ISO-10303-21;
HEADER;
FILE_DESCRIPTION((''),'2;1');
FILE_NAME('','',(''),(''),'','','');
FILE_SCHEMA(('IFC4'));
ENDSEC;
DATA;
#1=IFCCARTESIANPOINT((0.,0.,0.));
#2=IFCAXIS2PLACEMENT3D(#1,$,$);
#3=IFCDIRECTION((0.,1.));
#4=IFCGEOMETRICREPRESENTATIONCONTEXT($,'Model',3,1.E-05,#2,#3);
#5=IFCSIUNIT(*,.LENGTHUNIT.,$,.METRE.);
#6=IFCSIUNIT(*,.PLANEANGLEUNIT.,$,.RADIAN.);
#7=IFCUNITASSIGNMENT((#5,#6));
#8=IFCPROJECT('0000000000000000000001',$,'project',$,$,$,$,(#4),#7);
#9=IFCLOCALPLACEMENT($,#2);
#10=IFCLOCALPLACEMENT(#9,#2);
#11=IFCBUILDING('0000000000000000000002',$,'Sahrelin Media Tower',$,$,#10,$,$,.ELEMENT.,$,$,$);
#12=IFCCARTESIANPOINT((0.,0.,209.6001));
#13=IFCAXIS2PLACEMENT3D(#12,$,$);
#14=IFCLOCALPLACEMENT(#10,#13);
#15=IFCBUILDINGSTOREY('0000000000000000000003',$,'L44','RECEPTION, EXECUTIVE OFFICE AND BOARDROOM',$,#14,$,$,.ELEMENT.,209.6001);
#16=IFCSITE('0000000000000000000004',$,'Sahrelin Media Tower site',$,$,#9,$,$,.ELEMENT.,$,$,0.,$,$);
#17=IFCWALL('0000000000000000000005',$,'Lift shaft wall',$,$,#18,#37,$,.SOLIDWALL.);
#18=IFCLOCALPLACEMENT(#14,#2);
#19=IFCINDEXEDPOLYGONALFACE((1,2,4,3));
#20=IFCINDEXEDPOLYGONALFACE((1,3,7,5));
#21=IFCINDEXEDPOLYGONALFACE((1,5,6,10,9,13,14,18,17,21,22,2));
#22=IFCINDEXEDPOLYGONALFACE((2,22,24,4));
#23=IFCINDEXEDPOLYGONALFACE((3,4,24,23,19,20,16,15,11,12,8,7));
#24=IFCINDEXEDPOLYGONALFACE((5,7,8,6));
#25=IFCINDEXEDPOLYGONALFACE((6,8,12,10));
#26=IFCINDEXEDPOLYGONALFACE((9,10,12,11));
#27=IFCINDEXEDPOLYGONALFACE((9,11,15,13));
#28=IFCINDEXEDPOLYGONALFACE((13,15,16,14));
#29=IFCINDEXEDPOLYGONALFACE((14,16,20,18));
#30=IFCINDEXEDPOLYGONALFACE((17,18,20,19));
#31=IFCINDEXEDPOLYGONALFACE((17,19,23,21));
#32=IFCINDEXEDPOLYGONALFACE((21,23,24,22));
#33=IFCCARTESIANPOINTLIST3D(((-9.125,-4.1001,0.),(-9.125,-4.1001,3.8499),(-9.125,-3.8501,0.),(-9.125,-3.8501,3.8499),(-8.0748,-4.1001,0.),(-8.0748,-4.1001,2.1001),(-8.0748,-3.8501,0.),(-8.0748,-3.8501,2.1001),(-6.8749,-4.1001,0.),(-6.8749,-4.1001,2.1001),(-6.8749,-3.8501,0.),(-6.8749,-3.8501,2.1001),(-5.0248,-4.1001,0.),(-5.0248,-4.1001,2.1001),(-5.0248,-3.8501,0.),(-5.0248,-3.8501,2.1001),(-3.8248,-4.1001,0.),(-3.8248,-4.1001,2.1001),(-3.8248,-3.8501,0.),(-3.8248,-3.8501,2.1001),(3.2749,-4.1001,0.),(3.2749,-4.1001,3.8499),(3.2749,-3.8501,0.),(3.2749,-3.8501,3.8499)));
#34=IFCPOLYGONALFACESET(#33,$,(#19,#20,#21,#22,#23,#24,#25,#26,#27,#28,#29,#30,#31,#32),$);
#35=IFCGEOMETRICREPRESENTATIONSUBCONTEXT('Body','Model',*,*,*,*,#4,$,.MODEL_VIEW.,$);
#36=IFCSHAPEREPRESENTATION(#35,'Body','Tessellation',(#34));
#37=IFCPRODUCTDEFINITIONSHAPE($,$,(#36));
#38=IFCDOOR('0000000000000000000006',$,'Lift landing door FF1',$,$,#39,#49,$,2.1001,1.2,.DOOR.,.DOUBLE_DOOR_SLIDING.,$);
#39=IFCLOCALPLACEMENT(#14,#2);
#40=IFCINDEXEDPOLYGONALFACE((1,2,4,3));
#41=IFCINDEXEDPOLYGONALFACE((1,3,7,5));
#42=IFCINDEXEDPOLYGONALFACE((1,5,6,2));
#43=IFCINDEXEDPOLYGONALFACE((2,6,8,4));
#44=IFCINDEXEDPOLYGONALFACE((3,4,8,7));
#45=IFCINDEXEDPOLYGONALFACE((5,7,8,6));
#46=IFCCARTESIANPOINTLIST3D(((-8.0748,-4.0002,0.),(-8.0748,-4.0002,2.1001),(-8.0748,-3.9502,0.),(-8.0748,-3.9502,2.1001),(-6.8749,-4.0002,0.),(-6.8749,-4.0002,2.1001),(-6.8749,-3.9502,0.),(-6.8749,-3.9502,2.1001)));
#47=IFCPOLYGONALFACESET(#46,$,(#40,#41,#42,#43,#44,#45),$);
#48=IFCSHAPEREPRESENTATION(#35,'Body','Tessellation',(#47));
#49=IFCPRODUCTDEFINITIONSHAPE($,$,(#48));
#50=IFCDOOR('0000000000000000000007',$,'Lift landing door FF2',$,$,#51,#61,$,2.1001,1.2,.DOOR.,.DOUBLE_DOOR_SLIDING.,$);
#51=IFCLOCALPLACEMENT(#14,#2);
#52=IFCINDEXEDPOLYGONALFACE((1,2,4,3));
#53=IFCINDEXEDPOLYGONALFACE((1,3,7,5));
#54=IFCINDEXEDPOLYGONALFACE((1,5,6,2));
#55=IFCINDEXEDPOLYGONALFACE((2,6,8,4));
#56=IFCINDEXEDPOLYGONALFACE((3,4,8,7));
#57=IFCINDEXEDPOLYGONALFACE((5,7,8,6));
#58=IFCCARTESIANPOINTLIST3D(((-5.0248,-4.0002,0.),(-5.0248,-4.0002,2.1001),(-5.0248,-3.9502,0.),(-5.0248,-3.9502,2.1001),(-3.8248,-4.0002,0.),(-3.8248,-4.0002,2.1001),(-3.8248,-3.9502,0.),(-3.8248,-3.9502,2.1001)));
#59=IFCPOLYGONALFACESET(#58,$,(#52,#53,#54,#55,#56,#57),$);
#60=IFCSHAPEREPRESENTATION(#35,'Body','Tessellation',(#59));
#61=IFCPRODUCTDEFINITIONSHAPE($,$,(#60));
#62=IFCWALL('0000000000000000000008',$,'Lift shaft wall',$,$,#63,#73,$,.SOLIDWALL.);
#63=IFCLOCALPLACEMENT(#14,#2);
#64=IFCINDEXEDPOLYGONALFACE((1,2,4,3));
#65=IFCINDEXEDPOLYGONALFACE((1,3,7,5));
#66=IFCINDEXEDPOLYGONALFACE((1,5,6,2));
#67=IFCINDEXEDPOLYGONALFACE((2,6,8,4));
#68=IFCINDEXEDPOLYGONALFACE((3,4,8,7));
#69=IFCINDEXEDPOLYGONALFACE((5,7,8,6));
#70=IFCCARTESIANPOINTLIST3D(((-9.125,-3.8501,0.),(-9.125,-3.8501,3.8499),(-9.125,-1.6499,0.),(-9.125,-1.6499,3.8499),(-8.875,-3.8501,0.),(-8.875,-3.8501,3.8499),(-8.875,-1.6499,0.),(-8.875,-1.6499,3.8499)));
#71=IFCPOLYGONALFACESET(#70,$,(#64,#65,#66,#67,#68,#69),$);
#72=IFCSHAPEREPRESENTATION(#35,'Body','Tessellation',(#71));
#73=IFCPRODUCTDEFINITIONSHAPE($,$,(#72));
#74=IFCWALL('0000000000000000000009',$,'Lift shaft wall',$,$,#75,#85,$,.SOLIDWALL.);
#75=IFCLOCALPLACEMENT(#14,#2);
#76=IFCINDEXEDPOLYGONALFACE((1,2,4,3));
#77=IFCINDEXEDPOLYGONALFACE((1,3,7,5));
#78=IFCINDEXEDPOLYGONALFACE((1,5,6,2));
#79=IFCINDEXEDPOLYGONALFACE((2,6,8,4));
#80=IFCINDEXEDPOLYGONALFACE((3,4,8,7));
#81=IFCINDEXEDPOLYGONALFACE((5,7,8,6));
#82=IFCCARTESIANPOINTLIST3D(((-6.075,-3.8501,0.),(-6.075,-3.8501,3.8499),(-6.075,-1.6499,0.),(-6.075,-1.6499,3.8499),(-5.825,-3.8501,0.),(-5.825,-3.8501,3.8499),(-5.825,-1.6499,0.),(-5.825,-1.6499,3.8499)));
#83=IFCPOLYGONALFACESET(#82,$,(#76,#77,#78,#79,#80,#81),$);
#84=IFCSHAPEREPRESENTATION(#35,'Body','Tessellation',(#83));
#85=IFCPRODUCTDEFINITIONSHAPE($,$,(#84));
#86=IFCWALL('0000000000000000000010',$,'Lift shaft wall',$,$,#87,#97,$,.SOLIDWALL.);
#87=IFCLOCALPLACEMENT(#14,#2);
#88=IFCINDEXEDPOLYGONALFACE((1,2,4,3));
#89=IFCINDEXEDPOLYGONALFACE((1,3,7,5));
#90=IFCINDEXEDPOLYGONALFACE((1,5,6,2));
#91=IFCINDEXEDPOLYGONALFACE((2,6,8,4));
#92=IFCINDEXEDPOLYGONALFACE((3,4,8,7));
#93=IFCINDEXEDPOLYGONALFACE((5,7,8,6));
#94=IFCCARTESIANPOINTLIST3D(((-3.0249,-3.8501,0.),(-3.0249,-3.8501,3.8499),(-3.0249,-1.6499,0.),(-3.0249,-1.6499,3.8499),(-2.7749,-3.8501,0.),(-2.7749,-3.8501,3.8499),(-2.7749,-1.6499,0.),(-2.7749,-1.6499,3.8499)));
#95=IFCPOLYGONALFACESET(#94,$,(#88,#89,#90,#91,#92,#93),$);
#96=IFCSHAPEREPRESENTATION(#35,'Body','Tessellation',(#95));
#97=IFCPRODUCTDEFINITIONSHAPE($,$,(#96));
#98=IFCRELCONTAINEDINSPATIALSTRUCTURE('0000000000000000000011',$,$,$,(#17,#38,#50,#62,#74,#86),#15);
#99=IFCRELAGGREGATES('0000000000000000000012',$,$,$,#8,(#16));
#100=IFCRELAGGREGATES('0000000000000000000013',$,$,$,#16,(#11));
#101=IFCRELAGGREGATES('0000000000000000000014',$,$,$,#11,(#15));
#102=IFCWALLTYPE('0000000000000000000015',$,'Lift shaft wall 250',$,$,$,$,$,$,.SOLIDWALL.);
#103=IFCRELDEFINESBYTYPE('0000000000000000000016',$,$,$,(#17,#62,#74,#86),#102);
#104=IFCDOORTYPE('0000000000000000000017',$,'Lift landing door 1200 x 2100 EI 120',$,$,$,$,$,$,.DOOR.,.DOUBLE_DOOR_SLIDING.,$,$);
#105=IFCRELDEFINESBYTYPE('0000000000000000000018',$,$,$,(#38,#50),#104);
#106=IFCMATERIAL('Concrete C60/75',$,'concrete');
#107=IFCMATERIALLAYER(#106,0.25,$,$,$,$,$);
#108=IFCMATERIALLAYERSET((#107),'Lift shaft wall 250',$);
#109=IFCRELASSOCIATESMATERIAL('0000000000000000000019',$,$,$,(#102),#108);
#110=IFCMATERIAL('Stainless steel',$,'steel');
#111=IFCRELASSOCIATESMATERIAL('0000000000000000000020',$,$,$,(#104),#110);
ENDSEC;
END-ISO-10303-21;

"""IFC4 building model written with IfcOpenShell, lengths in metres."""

from ifc_helpers import new_model, si_unit, direction, frame, frame_2d, origin, place, context, subcontext, project, spatial, rectangle, extrude, material, layer, layer_set, type_object, element, fill, save


model = new_model("IFC4")

# Units and contexts
model_context = context("Model", 3, precision=1e-05, world=origin(), true_north=direction((0.0, 1.0)))
body_context = subcontext(model_context, "Body", "Model", "MODEL_VIEW")
ifc_project = project(units=[si_unit("LENGTHUNIT", "METRE"), si_unit("PLANEANGLEUNIT", "RADIAN")], contexts=[model_context])

# Site, building, storey
site_placement = place(None, origin())
site = spatial("IfcSite", under=ifc_project, at=site_placement, Name="Sahrelin Media Tower site", CompositionType="ELEMENT", RefElevation=0.0)
building_placement = place(site_placement, origin())
building = spatial("IfcBuilding", under=site, at=building_placement, Name="Sahrelin Media Tower", CompositionType="ELEMENT")
storey_placement = place(building_placement, frame((0.0, 0.0, 209.6001)))
storey = spatial("IfcBuildingStorey", under=building, at=storey_placement, Name="L44", Description="RECEPTION, EXECUTIVE OFFICE AND BOARDROOM", CompositionType="ELEMENT", Elevation=209.6001)

# Shared definitions
ifc_material_1 = material(Name="Concrete C60/75", Category="concrete")

# Wall, openings, doors
ifc_layer_1 = layer(ifc_material_1, 0.25)
ifc_layer_set_1 = layer_set([ifc_layer_1], Name="Lift shaft wall 250")
wall_type_1 = type_object("IfcWallType", Name="Lift shaft wall 250", PredefinedType="SOLIDWALL", material=ifc_layer_set_1)
ifc_material_2 = material(Name="Stainless steel", Category="steel")
door_type_1 = type_object("IfcDoorType", Name="Lift landing door 1200 x 2100 EI 120", OperationType="DOUBLE_DOOR_SLIDING", PredefinedType="DOOR", material=ifc_material_2)
wall_1_placement = place(storey_placement, frame((-9.125, -3.9751, 0.0), z_axis=(0.0, 0.0, 1.0), x_axis=(1.0, 0.0, 0.0)))
wall_1 = element("IfcWall", 1, at=wall_1_placement, inside=storey, type_object=wall_type_1, Name="Lift shaft wall", PredefinedType="SOLIDWALL", context=body_context, shape_type="SweptSolid", body=[
    extrude(rectangle(XDim=12.3999, YDim=0.25, at=frame_2d((6.2, 0.0))), origin(), (0.0, 0.0, 1.0), 3.8499),
])
opening_1_placement = place(wall_1_placement, frame((1.05, 0.0, 0.0)))
opening_1 = element("IfcOpeningElement", 2, at=opening_1_placement, cuts=wall_1, PredefinedType="OPENING", context=body_context, shape_type="SweptSolid", body=[
    extrude(rectangle(XDim=1.2, YDim=2.1001, at=frame_2d((0.6001, 1.05))), frame((0.0, 0.125, 0.0), z_axis=(0.0, -1.0, 0.0), x_axis=(1.0, 0.0, 0.0)), (0.0, 0.0, 1.0), 0.25),
])
opening_2_placement = place(wall_1_placement, frame((4.1001, 0.0, 0.0)))
opening_2 = element("IfcOpeningElement", 3, at=opening_2_placement, cuts=wall_1, PredefinedType="OPENING", context=body_context, shape_type="SweptSolid", body=[
    extrude(rectangle(XDim=1.2, YDim=2.1001, at=frame_2d((0.6001, 1.05))), frame((0.0, 0.125, 0.0), z_axis=(0.0, -1.0, 0.0), x_axis=(1.0, 0.0, 0.0)), (0.0, 0.0, 1.0), 0.25),
])
door_1_placement = place(opening_1_placement, origin())
door_1 = element("IfcDoor", 4, at=door_1_placement, inside=storey, type_object=door_type_1, Name="Lift landing door FF1", OperationType="DOUBLE_DOOR_SLIDING", OverallHeight=2.1001, OverallWidth=1.2, PredefinedType="DOOR", context=body_context, shape_type="SweptSolid", body=[
    extrude(rectangle(XDim=1.2, YDim=2.1001, at=frame_2d((0.6001, 1.05))), frame((0.0, 0.0249, 0.0), z_axis=(0.0, -1.0, 0.0), x_axis=(1.0, 0.0, 0.0)), (0.0, 0.0, 1.0), 0.05),
])
fill(opening_1, door_1)
door_2_placement = place(opening_2_placement, origin())
door_2 = element("IfcDoor", 5, at=door_2_placement, inside=storey, type_object=door_type_1, Name="Lift landing door FF2", OperationType="DOUBLE_DOOR_SLIDING", OverallHeight=2.1001, OverallWidth=1.2, PredefinedType="DOOR", context=body_context, shape_type="SweptSolid", body=[
    extrude(rectangle(XDim=1.2, YDim=2.1001, at=frame_2d((0.6001, 1.05))), frame((0.0, 0.0249, 0.0), z_axis=(0.0, -1.0, 0.0), x_axis=(1.0, 0.0, 0.0)), (0.0, 0.0, 1.0), 0.05),
])
fill(opening_2, door_2)

# Walls
for number, where, z_axis, x_axis, name in (
    (6, (-9.0, -3.8501, 0.0), (0.0, 0.0, 1.0), (0.0, 1.0, 0.0), "Lift shaft wall"),
    (7, (-5.95, -3.8501, 0.0), (0.0, 0.0, 1.0), (0.0, 1.0, 0.0), "Lift shaft wall"),
    (8, (-2.8999, -3.8501, 0.0), (0.0, 0.0, 1.0), (0.0, 1.0, 0.0), "Lift shaft wall"),
):
    element("IfcWall", number, at=place(storey_placement, frame(where, z_axis=z_axis, x_axis=x_axis)), inside=storey, type_object=wall_type_1, Name=name, PredefinedType="SOLIDWALL", context=body_context, shape_type="SweptSolid", body=[
        extrude(rectangle(XDim=2.2002, YDim=0.25, at=frame_2d((1.1001, 0.0))), origin(), (0.0, 0.0, 1.0), 3.8499),
    ])

save(model, "model.ifc")
